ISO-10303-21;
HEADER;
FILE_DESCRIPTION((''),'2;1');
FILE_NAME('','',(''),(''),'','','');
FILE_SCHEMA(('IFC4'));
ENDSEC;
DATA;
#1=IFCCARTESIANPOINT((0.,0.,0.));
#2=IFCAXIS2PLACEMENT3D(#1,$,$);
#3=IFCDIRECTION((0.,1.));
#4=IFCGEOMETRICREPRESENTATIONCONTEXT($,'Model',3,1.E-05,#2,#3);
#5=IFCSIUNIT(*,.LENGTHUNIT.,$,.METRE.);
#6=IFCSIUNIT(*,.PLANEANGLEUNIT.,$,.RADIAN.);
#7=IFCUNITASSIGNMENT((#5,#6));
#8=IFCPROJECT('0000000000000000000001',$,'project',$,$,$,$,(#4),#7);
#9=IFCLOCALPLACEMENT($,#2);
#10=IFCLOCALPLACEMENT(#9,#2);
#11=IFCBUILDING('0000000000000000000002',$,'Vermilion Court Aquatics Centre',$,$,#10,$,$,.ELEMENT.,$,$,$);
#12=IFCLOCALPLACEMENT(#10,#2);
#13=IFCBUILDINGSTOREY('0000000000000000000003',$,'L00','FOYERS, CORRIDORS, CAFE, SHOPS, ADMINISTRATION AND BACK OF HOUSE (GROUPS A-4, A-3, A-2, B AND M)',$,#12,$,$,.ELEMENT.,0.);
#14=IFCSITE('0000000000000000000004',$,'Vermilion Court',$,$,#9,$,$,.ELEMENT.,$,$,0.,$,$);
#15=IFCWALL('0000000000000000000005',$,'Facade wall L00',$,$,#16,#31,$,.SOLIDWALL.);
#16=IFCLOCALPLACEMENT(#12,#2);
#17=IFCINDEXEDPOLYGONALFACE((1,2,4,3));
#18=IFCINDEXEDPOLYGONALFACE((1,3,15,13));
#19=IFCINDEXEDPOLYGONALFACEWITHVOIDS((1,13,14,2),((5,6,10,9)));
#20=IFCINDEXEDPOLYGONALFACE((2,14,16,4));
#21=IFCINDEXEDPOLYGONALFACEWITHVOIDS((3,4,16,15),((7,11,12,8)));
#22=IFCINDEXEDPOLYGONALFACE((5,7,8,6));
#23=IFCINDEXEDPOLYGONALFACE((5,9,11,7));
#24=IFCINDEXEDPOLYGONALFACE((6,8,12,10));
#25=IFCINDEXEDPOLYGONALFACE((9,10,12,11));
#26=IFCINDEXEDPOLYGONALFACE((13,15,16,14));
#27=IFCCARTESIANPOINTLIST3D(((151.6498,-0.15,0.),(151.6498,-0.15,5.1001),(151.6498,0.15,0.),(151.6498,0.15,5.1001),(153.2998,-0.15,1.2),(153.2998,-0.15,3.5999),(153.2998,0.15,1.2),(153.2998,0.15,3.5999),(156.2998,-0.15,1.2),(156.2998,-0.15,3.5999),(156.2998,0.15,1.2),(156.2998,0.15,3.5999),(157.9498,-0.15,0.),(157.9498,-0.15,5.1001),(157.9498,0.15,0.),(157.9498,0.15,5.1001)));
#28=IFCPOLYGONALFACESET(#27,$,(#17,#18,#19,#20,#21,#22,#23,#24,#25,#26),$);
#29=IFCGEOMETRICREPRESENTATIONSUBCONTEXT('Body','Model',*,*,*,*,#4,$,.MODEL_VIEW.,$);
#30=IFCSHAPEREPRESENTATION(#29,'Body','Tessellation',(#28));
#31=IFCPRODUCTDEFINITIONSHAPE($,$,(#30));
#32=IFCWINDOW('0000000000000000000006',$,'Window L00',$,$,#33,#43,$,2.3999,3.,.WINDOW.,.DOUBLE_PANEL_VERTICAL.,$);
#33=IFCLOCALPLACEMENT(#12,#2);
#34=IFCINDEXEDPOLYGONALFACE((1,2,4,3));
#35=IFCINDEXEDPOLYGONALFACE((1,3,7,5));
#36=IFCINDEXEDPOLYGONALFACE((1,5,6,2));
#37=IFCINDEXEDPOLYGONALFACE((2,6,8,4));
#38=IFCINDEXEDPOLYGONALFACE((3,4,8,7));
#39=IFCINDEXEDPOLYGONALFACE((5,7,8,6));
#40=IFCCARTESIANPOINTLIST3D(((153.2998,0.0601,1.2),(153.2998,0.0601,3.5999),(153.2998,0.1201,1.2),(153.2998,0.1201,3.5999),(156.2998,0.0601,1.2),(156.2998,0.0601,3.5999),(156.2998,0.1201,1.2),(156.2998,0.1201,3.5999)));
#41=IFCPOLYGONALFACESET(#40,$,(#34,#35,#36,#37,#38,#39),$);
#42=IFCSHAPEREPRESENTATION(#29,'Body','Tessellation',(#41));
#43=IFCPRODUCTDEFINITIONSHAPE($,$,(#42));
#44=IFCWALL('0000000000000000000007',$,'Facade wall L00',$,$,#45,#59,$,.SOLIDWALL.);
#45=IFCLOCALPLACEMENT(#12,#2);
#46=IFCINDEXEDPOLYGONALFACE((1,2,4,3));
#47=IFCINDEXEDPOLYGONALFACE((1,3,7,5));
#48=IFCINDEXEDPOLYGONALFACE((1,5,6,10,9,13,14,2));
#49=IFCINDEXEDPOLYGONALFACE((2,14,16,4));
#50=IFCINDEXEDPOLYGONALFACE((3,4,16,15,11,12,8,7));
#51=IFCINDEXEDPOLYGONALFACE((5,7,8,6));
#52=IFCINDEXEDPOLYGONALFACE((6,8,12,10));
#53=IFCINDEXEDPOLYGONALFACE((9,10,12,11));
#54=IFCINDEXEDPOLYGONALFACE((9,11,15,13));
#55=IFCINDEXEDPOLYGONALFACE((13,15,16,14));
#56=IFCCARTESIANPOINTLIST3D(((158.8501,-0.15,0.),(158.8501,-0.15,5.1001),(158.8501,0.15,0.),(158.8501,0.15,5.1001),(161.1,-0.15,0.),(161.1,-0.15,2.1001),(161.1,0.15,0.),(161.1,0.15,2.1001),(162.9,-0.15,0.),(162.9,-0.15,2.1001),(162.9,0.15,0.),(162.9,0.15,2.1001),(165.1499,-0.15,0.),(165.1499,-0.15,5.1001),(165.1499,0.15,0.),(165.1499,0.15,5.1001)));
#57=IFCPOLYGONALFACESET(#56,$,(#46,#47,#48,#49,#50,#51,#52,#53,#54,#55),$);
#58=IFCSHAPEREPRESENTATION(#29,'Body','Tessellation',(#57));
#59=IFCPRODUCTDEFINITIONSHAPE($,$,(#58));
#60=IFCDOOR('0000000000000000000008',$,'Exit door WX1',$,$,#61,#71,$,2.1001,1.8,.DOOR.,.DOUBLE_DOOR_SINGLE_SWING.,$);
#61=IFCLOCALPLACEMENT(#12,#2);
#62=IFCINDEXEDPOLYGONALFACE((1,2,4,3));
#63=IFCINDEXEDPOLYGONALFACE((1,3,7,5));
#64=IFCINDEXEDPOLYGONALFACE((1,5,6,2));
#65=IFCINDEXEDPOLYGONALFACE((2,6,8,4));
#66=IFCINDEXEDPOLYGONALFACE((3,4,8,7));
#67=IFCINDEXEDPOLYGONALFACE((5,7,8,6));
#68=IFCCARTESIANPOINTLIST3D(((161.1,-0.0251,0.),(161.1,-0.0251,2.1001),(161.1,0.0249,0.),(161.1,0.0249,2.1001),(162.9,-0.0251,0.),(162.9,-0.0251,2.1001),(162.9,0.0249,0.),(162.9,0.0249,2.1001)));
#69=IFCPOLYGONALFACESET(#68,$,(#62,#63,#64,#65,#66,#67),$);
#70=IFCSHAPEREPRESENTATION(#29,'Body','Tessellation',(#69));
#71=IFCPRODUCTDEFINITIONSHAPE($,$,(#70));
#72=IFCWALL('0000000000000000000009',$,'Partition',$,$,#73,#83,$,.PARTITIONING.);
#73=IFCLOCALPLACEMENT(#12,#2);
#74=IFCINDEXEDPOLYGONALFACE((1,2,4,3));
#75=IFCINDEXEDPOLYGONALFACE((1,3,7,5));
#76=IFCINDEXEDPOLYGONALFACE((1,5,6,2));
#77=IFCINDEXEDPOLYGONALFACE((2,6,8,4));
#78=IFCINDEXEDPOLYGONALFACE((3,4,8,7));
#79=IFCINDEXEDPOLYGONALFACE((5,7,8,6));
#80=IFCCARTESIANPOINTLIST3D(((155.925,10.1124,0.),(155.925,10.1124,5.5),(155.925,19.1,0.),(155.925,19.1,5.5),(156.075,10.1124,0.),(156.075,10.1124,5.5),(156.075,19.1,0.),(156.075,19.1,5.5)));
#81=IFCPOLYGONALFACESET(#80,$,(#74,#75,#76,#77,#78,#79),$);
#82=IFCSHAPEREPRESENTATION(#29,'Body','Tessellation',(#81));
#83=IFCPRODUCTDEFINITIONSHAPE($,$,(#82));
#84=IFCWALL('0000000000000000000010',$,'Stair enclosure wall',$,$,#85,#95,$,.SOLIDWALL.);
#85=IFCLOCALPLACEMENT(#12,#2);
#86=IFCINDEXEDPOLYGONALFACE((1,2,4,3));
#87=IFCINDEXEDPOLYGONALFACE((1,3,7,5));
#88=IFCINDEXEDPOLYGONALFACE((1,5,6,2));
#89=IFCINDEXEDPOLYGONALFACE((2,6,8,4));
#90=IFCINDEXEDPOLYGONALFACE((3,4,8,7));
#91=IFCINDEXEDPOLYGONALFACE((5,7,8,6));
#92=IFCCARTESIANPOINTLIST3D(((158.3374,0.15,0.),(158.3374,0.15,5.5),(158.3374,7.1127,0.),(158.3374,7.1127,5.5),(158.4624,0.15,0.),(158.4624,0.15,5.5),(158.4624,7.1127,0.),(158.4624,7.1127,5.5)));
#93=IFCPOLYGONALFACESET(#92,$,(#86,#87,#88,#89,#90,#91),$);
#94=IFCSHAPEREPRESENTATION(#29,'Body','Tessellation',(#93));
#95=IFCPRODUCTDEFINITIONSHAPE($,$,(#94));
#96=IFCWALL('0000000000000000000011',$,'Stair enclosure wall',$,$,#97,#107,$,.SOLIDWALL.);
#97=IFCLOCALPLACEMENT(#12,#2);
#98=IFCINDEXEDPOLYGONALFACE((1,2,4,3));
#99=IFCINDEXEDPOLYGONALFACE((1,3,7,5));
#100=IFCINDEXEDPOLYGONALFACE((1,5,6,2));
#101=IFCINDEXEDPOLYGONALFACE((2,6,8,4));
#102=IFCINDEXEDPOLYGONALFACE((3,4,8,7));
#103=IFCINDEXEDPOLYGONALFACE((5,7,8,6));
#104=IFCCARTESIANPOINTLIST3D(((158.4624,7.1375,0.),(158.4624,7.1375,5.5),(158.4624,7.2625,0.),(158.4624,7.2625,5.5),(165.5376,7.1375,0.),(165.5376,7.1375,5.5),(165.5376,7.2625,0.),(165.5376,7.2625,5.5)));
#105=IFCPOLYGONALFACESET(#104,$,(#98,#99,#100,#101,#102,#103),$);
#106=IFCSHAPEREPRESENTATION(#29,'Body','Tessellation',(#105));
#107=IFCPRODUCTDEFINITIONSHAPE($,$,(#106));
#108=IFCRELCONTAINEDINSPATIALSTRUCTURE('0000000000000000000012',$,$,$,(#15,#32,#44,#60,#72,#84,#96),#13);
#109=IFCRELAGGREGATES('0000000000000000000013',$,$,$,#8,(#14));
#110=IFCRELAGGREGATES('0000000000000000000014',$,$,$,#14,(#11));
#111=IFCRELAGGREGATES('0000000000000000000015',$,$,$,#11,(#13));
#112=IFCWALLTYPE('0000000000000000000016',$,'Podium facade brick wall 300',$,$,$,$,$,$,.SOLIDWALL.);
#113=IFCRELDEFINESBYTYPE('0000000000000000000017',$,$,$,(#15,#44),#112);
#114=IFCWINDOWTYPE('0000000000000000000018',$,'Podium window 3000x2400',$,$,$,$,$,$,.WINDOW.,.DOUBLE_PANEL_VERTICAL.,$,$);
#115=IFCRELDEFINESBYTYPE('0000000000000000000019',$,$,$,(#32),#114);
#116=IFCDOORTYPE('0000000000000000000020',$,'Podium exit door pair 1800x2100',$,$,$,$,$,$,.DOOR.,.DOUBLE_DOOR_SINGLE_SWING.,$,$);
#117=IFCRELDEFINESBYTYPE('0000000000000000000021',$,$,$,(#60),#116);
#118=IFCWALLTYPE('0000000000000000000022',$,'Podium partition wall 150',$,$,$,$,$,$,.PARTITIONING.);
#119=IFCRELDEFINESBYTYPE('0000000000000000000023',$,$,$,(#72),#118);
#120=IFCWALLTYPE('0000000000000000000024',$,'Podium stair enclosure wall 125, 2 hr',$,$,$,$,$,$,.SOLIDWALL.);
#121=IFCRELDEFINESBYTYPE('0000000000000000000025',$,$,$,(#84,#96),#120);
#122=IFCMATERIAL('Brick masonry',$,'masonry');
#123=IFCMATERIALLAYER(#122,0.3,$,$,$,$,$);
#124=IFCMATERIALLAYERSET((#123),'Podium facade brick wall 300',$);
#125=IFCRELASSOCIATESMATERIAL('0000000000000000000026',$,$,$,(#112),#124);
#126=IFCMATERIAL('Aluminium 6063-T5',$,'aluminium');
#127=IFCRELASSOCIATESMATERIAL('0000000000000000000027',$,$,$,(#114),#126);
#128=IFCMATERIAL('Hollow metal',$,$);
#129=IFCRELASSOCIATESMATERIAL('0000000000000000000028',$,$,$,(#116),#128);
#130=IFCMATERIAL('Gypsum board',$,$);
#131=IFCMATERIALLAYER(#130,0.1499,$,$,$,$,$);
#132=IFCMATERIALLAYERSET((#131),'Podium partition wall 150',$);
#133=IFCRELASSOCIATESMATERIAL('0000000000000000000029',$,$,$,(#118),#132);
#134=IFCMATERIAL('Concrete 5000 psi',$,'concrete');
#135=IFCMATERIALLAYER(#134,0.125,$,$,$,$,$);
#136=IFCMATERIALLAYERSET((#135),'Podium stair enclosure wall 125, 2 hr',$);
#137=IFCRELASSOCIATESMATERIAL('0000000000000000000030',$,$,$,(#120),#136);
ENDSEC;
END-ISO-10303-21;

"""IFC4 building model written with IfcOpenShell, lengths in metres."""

from ifc_helpers import new_model, si_unit, direction, frame, frame_2d, origin, place, context, subcontext, project, spatial, rectangle, extrude, material, layer, layer_set, type_object, element, fill, save


model = new_model("IFC4")

# Units and contexts
model_context = context("Model", 3, precision=1e-05, world=origin(), true_north=direction((0.0, 1.0)))
body_context = subcontext(model_context, "Body", "Model", "MODEL_VIEW")
ifc_project = project(units=[si_unit("LENGTHUNIT", "METRE"), si_unit("PLANEANGLEUNIT", "RADIAN")], contexts=[model_context])

# Site, building, storey
site_placement = place(None, origin())
site = spatial("IfcSite", under=ifc_project, at=site_placement, Name="Vermilion Court", CompositionType="ELEMENT", RefElevation=0.0)
building_placement = place(site_placement, origin())
building = spatial("IfcBuilding", under=site, at=building_placement, Name="Vermilion Court Aquatics Centre", CompositionType="ELEMENT")
storey_placement = place(building_placement, origin())
storey = spatial("IfcBuildingStorey", under=building, at=storey_placement, Name="L00", Description="FOYERS, CORRIDORS, CAFE, SHOPS, ADMINISTRATION AND BACK OF HOUSE (GROUPS A-4, A-3, A-2, B AND M)", CompositionType="ELEMENT", Elevation=0.0)

# Wall, opening, window
ifc_material_1 = material(Name="Brick masonry", Category="masonry")
ifc_layer_1 = layer(ifc_material_1, 0.3)
ifc_layer_set_1 = layer_set([ifc_layer_1], Name="Podium facade brick wall 300")
wall_type_1 = type_object("IfcWallType", Name="Podium facade brick wall 300", PredefinedType="SOLIDWALL", material=ifc_layer_set_1)
wall_1_placement = place(storey_placement, frame((151.6499, 0.0, 0.0), z_axis=(0.0, 0.0, 1.0), x_axis=(1.0, 0.0, 0.0)))
wall_1 = element("IfcWall", 1, at=wall_1_placement, inside=storey, type_object=wall_type_1, Name="Facade wall L00", PredefinedType="SOLIDWALL", context=body_context, shape_type="SweptSolid", body=[
    extrude(rectangle(XDim=6.3, YDim=0.3, at=frame_2d((3.1499, 0.0))), origin(), (0.0, 0.0, 1.0), 5.1001),
])
opening_1_placement = place(wall_1_placement, frame((1.6499, 0.0, 1.2)))
opening_1 = element("IfcOpeningElement", 2, at=opening_1_placement, cuts=wall_1, PredefinedType="OPENING", context=body_context, shape_type="SweptSolid", body=[
    extrude(rectangle(XDim=3.0, YDim=2.3999, at=frame_2d((1.5, 1.2))), frame((0.0, 0.1599, 0.0), z_axis=(0.0, -1.0, 0.0), x_axis=(1.0, 0.0, 0.0)), (0.0, 0.0, 1.0), 0.3201),
])
ifc_material_2 = material(Name="Aluminium 6063-T5", Category="aluminium")
window_type = type_object("IfcWindowType", Name="Podium window 3000x2400", PartitioningType="DOUBLE_PANEL_VERTICAL", PredefinedType="WINDOW", material=ifc_material_2)
window_placement = place(opening_1_placement, origin())
window = element("IfcWindow", 3, at=window_placement, inside=storey, type_object=window_type, Name="Window L00", OverallHeight=2.3999, OverallWidth=3.0, PartitioningType="DOUBLE_PANEL_VERTICAL", PredefinedType="WINDOW", context=body_context, shape_type="SweptSolid", body=[
    extrude(rectangle(XDim=3.0, YDim=2.3999, at=frame_2d((1.5, 1.2))), frame((0.0, 0.1201, 0.0), z_axis=(0.0, -1.0, 0.0), x_axis=(1.0, 0.0, 0.0)), (0.0, 0.0, 1.0), 0.0601),
])
fill(opening_1, window)

# Wall, opening, door
wall_2_placement = place(storey_placement, frame((158.8501, 0.0, 0.0), z_axis=(0.0, 0.0, 1.0), x_axis=(1.0, 0.0, 0.0)))
wall_2 = element("IfcWall", 4, at=wall_2_placement, inside=storey, type_object=wall_type_1, Name="Facade wall L00", PredefinedType="SOLIDWALL", context=body_context, shape_type="SweptSolid", body=[
    extrude(rectangle(XDim=6.2998, YDim=0.3, at=frame_2d((3.1499, 0.0))), origin(), (0.0, 0.0, 1.0), 5.1001),
])
opening_2_placement = place(wall_2_placement, frame((2.25, 0.0, 0.0)))
opening_2 = element("IfcOpeningElement", 5, at=opening_2_placement, cuts=wall_2, PredefinedType="OPENING", context=body_context, shape_type="SweptSolid", body=[
    extrude(rectangle(XDim=1.8, YDim=2.1001, at=frame_2d((0.8999, 1.05))), frame((0.0, 0.1599, 0.0), z_axis=(0.0, -1.0, 0.0), x_axis=(1.0, 0.0, 0.0)), (0.0, 0.0, 1.0), 0.3201),
])
ifc_material_3 = material(Name="Hollow metal")
door_type = type_object("IfcDoorType", Name="Podium exit door pair 1800x2100", OperationType="DOUBLE_DOOR_SINGLE_SWING", PredefinedType="DOOR", material=ifc_material_3)
door_placement = place(opening_2_placement, frame((1.8, 0.0, 0.0), z_axis=(0.0, 0.0, 1.0), x_axis=(-1.0, 0.0, 0.0)))
door = element("IfcDoor", 6, at=door_placement, inside=storey, type_object=door_type, Name="Exit door WX1", OperationType="DOUBLE_DOOR_SINGLE_SWING", OverallHeight=2.1001, OverallWidth=1.8, PredefinedType="DOOR", context=body_context, shape_type="SweptSolid", body=[
    extrude(rectangle(XDim=1.8, YDim=2.1001, at=frame_2d((0.9001, 1.05))), frame((0.0, 0.0251, 0.0), z_axis=(0.0, -1.0, 0.0), x_axis=(1.0, 0.0, 0.0)), (0.0, 0.0, 1.0), 0.05),
])
fill(opening_2, door)

# Walls
ifc_material_4 = material(Name="Gypsum board")
ifc_layer_2 = layer(ifc_material_4, 0.1499)
ifc_layer_set_2 = layer_set([ifc_layer_2], Name="Podium partition wall 150")
wall_type_2 = type_object("IfcWallType", Name="Podium partition wall 150", PredefinedType="PARTITIONING", material=ifc_layer_set_2)
wall_3_placement = place(storey_placement, frame((156.0, 10.1125, 0.0), z_axis=(0.0, 0.0, 1.0), x_axis=(0.0, 1.0, 0.0)))
element("IfcWall", 7, at=wall_3_placement, inside=storey, type_object=wall_type_2, Name="Partition", PredefinedType="PARTITIONING", context=body_context, shape_type="SweptSolid", body=[
    extrude(rectangle(XDim=8.9875, YDim=0.1499, at=frame_2d((4.4937, 0.0))), origin(), (0.0, 0.0, 1.0), 5.5),
])
ifc_material_5 = material(Name="Concrete 5000 psi", Category="concrete")
ifc_layer_3 = layer(ifc_material_5, 0.125)
ifc_layer_set_3 = layer_set([ifc_layer_3], Name="Podium stair enclosure wall 125, 2 hr")
wall_type_3 = type_object("IfcWallType", Name="Podium stair enclosure wall 125, 2 hr", PredefinedType="SOLIDWALL", material=ifc_layer_set_3)
wall_4_placement = place(storey_placement, frame((158.3999, 0.1499, 0.0), z_axis=(0.0, 0.0, 1.0), x_axis=(0.0, 1.0, 0.0)))
element("IfcWall", 8, at=wall_4_placement, inside=storey, type_object=wall_type_3, Name="Stair enclosure wall", PredefinedType="SOLIDWALL", context=body_context, shape_type="SweptSolid", body=[
    extrude(rectangle(XDim=6.9626, YDim=0.125, at=frame_2d((3.4814, 0.0))), origin(), (0.0, 0.0, 1.0), 5.5),
])
wall_5_placement = place(storey_placement, frame((158.4624, 7.2, 0.0), z_axis=(0.0, 0.0, 1.0), x_axis=(1.0, 0.0, 0.0)))
element("IfcWall", 9, at=wall_5_placement, inside=storey, type_object=wall_type_3, Name="Stair enclosure wall", PredefinedType="SOLIDWALL", context=body_context, shape_type="SweptSolid", body=[
    extrude(rectangle(XDim=7.0752, YDim=0.125, at=frame_2d((3.5376, 0.0))), origin(), (0.0, 0.0, 1.0), 5.5),
])

save(model, "model.ifc")
